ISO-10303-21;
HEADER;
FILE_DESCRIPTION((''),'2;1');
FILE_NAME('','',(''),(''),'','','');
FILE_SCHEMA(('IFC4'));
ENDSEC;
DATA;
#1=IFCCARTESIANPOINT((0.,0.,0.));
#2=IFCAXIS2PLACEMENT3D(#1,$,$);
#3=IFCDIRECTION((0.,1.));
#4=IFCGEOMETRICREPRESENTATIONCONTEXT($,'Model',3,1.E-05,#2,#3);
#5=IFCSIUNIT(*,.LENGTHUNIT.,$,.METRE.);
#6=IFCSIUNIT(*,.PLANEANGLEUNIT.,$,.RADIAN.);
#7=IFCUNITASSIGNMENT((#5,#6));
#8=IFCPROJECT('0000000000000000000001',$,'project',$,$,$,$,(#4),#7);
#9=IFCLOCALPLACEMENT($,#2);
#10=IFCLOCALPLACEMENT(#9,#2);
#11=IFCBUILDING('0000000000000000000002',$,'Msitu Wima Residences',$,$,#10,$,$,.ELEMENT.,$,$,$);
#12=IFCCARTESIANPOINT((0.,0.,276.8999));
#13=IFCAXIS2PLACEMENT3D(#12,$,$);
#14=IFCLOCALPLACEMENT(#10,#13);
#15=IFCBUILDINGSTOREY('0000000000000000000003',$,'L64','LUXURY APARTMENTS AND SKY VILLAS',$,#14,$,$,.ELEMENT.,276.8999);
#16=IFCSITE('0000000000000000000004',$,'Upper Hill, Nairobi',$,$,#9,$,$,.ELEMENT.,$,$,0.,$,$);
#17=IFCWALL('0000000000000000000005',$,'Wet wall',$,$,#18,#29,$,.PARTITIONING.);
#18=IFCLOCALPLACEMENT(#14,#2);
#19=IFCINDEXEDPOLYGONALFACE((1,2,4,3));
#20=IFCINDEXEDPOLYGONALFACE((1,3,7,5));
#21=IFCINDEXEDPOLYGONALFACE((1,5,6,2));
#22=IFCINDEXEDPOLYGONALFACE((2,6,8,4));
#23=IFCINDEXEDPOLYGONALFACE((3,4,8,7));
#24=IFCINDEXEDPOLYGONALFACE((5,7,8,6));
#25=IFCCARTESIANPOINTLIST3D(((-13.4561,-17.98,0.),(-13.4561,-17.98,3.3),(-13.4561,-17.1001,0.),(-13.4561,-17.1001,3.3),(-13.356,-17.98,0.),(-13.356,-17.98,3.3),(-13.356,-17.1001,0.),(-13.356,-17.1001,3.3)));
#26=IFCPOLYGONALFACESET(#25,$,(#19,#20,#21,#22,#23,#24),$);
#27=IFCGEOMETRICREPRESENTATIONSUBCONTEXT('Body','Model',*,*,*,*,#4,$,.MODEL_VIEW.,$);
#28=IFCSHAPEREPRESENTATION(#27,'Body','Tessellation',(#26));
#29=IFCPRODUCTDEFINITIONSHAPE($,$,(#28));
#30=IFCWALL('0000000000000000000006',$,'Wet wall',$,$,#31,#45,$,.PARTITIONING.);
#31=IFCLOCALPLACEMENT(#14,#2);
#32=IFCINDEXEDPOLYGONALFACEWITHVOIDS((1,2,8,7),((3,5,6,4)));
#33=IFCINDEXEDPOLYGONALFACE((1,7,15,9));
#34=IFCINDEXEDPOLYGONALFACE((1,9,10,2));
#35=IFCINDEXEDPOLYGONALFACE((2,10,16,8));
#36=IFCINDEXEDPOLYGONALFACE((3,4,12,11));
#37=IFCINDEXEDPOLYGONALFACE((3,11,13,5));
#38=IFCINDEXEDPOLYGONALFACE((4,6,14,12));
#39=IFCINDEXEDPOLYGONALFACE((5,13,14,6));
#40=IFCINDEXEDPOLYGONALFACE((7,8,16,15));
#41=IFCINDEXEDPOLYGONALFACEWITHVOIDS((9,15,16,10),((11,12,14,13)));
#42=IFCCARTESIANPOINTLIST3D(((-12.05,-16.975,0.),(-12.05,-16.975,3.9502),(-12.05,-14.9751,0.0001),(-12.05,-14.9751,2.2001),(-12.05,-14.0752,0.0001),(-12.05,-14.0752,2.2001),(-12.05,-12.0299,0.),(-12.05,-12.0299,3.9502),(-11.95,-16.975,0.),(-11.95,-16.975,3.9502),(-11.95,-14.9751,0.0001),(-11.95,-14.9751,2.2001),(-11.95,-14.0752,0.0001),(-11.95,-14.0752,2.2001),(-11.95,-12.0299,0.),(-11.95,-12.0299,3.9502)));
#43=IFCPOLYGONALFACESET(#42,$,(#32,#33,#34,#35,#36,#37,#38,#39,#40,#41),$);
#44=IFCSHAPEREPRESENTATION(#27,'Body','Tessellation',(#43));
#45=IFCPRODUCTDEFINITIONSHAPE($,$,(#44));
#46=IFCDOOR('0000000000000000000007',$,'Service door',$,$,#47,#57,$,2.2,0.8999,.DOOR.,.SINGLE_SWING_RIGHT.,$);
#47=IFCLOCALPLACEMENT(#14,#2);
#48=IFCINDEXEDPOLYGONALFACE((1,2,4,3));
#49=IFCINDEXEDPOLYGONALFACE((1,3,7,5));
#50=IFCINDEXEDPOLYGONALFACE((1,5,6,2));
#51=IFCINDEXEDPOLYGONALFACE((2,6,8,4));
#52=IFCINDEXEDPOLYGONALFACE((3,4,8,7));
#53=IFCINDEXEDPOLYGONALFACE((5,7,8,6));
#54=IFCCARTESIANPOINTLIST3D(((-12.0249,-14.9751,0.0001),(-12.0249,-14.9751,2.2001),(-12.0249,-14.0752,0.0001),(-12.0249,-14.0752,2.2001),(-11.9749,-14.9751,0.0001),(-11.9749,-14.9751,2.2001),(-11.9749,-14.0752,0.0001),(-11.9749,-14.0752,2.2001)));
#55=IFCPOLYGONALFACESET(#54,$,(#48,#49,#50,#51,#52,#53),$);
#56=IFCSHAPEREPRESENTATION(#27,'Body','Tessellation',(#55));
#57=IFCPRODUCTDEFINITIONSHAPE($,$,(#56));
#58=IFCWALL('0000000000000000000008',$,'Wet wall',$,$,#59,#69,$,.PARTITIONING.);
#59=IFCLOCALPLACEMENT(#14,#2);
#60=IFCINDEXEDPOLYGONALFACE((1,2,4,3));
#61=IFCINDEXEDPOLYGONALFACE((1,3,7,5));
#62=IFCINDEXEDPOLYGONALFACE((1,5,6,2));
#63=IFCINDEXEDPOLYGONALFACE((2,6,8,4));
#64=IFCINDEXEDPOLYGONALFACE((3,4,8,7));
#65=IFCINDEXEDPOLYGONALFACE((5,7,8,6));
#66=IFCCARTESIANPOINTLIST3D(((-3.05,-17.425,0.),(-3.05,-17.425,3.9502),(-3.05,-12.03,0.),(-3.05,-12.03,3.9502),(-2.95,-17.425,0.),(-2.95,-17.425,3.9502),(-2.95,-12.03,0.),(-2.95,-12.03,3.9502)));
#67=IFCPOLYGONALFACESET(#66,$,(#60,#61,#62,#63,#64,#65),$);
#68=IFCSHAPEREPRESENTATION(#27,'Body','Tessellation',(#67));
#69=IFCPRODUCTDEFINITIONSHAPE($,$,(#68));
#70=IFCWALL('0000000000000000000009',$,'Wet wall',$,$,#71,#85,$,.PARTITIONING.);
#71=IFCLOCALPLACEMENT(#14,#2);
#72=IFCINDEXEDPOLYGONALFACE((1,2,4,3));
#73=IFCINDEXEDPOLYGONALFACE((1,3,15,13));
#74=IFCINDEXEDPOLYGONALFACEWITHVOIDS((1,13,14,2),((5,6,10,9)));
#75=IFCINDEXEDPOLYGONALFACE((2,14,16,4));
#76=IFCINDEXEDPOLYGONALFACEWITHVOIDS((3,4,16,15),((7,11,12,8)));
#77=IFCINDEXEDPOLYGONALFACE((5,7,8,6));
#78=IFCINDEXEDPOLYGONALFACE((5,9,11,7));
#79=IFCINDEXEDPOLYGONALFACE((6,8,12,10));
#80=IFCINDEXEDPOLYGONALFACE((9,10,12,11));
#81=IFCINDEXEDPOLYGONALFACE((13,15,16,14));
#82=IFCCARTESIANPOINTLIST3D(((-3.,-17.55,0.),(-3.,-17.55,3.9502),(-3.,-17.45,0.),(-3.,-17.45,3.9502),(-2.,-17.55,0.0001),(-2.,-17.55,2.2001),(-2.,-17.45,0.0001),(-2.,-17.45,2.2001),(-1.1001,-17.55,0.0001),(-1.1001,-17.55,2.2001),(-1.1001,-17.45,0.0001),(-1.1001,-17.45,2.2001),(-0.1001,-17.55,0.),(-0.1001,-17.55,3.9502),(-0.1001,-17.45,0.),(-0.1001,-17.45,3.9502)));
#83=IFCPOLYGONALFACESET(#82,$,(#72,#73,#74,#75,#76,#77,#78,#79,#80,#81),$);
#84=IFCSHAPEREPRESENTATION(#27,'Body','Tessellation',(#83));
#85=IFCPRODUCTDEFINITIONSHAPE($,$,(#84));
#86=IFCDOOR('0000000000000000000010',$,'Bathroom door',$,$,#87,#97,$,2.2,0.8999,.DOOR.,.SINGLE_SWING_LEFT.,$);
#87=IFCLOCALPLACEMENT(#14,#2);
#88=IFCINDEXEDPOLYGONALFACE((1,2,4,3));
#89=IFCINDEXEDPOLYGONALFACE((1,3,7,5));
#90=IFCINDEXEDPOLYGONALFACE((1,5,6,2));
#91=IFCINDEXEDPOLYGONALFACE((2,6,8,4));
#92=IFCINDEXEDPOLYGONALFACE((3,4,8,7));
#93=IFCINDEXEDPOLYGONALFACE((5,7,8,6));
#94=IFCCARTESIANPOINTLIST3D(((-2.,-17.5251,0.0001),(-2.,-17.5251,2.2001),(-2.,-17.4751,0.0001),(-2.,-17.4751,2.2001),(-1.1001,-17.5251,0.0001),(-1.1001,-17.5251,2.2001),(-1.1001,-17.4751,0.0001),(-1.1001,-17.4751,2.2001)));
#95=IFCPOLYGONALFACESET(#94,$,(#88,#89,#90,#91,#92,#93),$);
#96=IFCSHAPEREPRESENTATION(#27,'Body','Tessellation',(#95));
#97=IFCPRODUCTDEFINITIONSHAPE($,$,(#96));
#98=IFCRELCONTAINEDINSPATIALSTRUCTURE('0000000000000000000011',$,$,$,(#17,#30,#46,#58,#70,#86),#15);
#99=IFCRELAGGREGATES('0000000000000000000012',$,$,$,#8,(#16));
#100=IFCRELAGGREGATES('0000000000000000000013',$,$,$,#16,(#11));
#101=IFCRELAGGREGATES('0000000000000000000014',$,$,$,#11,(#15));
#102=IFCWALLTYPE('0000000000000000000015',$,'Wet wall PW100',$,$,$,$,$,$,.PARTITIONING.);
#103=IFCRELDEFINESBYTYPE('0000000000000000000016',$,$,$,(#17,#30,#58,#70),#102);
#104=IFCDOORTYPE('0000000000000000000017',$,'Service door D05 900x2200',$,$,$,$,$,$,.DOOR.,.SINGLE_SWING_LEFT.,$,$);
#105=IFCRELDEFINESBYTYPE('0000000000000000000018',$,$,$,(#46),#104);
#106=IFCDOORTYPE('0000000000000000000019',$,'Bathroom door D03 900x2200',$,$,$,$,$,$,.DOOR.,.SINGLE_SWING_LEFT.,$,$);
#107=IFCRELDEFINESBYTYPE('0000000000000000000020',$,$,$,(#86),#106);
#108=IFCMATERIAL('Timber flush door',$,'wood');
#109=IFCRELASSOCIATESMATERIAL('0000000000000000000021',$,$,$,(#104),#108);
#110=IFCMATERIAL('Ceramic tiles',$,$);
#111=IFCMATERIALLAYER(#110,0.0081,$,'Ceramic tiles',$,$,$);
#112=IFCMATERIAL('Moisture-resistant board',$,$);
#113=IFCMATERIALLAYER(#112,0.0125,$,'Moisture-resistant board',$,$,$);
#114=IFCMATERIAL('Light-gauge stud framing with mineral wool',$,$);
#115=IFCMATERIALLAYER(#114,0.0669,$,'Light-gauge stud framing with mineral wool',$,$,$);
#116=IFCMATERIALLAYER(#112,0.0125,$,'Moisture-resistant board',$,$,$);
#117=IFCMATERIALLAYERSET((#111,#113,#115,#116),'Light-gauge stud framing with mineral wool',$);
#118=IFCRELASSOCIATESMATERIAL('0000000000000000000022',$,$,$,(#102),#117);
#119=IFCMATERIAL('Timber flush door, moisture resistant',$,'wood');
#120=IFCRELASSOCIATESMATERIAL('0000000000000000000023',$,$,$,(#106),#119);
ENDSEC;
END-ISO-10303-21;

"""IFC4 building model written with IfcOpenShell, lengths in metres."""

from ifc_helpers import new_model, si_unit, direction, frame, frame_2d, origin, place, context, subcontext, project, spatial, rectangle, extrude, material, layer, layer_set, type_object, element, fill, save


model = new_model("IFC4")

# Units and contexts
model_context = context("Model", 3, precision=1e-05, world=origin(), true_north=direction((0.0, 1.0)))
body_context = subcontext(model_context, "Body", "Model", "MODEL_VIEW")
ifc_project = project(units=[si_unit("LENGTHUNIT", "METRE"), si_unit("PLANEANGLEUNIT", "RADIAN")], contexts=[model_context])

# Site, building, storey
site_placement = place(None, origin())
site = spatial("IfcSite", under=ifc_project, at=site_placement, Name="Upper Hill, Nairobi", CompositionType="ELEMENT", RefElevation=0.0)
building_placement = place(site_placement, origin())
building = spatial("IfcBuilding", under=site, at=building_placement, Name="Msitu Wima Residences", CompositionType="ELEMENT")
storey_placement = place(building_placement, frame((0.0, 0.0, 276.8999)))
storey = spatial("IfcBuildingStorey", under=building, at=storey_placement, Name="L64", Description="LUXURY APARTMENTS AND SKY VILLAS", CompositionType="ELEMENT", Elevation=276.8999)

# Shared definitions
ifc_material_1 = material(Name="Timber flush door", Category="wood")

# Shared definitions
door_type_1 = type_object("IfcDoorType", Name="Service door D05 900x2200", OperationType="SINGLE_SWING_LEFT", PredefinedType="DOOR", material=ifc_material_1)

# Wall
ifc_material_2 = material(Name="Ceramic tiles")
ifc_layer_1 = layer(ifc_material_2, 0.0081, Name="Ceramic tiles")
ifc_material_3 = material(Name="Moisture-resistant board")
ifc_layer_2 = layer(ifc_material_3, 0.0125, Name="Moisture-resistant board")
ifc_material_4 = material(Name="Light-gauge stud framing with mineral wool")
ifc_layer_3 = layer(ifc_material_4, 0.0669, Name="Light-gauge stud framing with mineral wool")
ifc_layer_4 = layer(ifc_material_3, 0.0125, Name="Moisture-resistant board")
ifc_layer_set_1 = layer_set([ifc_layer_1, ifc_layer_2, ifc_layer_3, ifc_layer_4], Name="Light-gauge stud framing with mineral wool")
wall_type_1 = type_object("IfcWallType", Name="Wet wall PW100", PredefinedType="PARTITIONING", material=ifc_layer_set_1)
wall_1_placement = place(storey_placement, frame((-13.406, -17.98, 0.0), z_axis=(0.0, 0.0, 1.0), x_axis=(0.0, 1.0, 0.0)))
element("IfcWall", 1, at=wall_1_placement, inside=storey, type_object=wall_type_1, Name="Wet wall", PredefinedType="PARTITIONING", context=body_context, shape_type="SweptSolid", body=[
    extrude(rectangle(XDim=0.8799, YDim=0.1001, at=frame_2d((0.4399, 0.0))), origin(), (0.0, 0.0, 1.0), 3.3),
])

# Wall, opening, door
wall_2_placement = place(storey_placement, frame((-12.0, -16.9751, 0.0), z_axis=(0.0, 0.0, 1.0), x_axis=(0.0, 1.0, 0.0)))
wall_2 = element("IfcWall", 2, at=wall_2_placement, inside=storey, type_object=wall_type_1, Name="Wet wall", PredefinedType="PARTITIONING", context=body_context, shape_type="SweptSolid", body=[
    extrude(rectangle(XDim=4.9451, YDim=0.1001, at=frame_2d((2.4727, 0.0))), origin(), (0.0, 0.0, 1.0), 3.9502),
])
opening_1_placement = place(wall_2_placement, frame((2.0, 0.0, 0.0)))
opening_1 = element("IfcOpeningElement", 3, at=opening_1_placement, cuts=wall_2, PredefinedType="OPENING", context=body_context, shape_type="SweptSolid", body=[
    extrude(rectangle(XDim=0.8999, YDim=2.2, at=frame_2d((0.45, 1.1001))), frame((0.0, 0.0601, 0.0), z_axis=(0.0, -1.0, 0.0), x_axis=(1.0, 0.0, 0.0)), (0.0, 0.0, 1.0), 0.1201),
])
door_1_placement = place(opening_1_placement, origin())
door_1 = element("IfcDoor", 4, at=door_1_placement, inside=storey, type_object=door_type_1, Name="Service door", OperationType="SINGLE_SWING_RIGHT", OverallHeight=2.2, OverallWidth=0.8999, PredefinedType="DOOR", context=body_context, shape_type="SweptSolid", body=[
    extrude(rectangle(XDim=0.8999, YDim=2.2, at=frame_2d((0.45, 1.1001))), frame((0.0, 0.0249, 0.0), z_axis=(0.0, -1.0, 0.0), x_axis=(1.0, 0.0, 0.0)), (0.0, 0.0, 1.0), 0.05),
])
fill(opening_1, door_1)

# Wall
wall_3_placement = place(storey_placement, frame((-3.0, -17.425, 0.0), z_axis=(0.0, 0.0, 1.0), x_axis=(0.0, 1.0, 0.0)))
element("IfcWall", 5, at=wall_3_placement, inside=storey, type_object=wall_type_1, Name="Wet wall", PredefinedType="PARTITIONING", context=body_context, shape_type="SweptSolid", body=[
    extrude(rectangle(XDim=5.395, YDim=0.1001, at=frame_2d((2.6975, 0.0))), origin(), (0.0, 0.0, 1.0), 3.9502),
])

# Wall, opening, door
wall_4_placement = place(storey_placement, frame((-3.0, -17.5, 0.0), z_axis=(0.0, 0.0, 1.0), x_axis=(1.0, 0.0, 0.0)))
wall_4 = element("IfcWall", 6, at=wall_4_placement, inside=storey, type_object=wall_type_1, Name="Wet wall", PredefinedType="PARTITIONING", context=body_context, shape_type="SweptSolid", body=[
    extrude(rectangle(XDim=2.8999, YDim=0.1001, at=frame_2d((1.45, 0.0))), origin(), (0.0, 0.0, 1.0), 3.9502),
])
opening_2_placement = place(wall_4_placement, frame((1.0, 0.0, 0.0)))
opening_2 = element("IfcOpeningElement", 7, at=opening_2_placement, cuts=wall_4, PredefinedType="OPENING", context=body_context, shape_type="SweptSolid", body=[
    extrude(rectangle(XDim=0.8999, YDim=2.2, at=frame_2d((0.45, 1.1001))), frame((0.0, 0.0601, 0.0), z_axis=(0.0, -1.0, 0.0), x_axis=(1.0, 0.0, 0.0)), (0.0, 0.0, 1.0), 0.1201),
])
ifc_material_5 = material(Name="Timber flush door, moisture resistant", Category="wood")
door_type_2 = type_object("IfcDoorType", Name="Bathroom door D03 900x2200", OperationType="SINGLE_SWING_LEFT", PredefinedType="DOOR", material=ifc_material_5)
door_2_placement = place(opening_2_placement, origin())
door_2 = element("IfcDoor", 8, at=door_2_placement, inside=storey, type_object=door_type_2, Name="Bathroom door", OperationType="SINGLE_SWING_LEFT", OverallHeight=2.2, OverallWidth=0.8999, PredefinedType="DOOR", context=body_context, shape_type="SweptSolid", body=[
    extrude(rectangle(XDim=0.8999, YDim=2.2, at=frame_2d((0.45, 1.1001))), frame((0.0, 0.0249, 0.0), z_axis=(0.0, -1.0, 0.0), x_axis=(1.0, 0.0, 0.0)), (0.0, 0.0, 1.0), 0.05),
])
fill(opening_2, door_2)

save(model, "model.ifc")
